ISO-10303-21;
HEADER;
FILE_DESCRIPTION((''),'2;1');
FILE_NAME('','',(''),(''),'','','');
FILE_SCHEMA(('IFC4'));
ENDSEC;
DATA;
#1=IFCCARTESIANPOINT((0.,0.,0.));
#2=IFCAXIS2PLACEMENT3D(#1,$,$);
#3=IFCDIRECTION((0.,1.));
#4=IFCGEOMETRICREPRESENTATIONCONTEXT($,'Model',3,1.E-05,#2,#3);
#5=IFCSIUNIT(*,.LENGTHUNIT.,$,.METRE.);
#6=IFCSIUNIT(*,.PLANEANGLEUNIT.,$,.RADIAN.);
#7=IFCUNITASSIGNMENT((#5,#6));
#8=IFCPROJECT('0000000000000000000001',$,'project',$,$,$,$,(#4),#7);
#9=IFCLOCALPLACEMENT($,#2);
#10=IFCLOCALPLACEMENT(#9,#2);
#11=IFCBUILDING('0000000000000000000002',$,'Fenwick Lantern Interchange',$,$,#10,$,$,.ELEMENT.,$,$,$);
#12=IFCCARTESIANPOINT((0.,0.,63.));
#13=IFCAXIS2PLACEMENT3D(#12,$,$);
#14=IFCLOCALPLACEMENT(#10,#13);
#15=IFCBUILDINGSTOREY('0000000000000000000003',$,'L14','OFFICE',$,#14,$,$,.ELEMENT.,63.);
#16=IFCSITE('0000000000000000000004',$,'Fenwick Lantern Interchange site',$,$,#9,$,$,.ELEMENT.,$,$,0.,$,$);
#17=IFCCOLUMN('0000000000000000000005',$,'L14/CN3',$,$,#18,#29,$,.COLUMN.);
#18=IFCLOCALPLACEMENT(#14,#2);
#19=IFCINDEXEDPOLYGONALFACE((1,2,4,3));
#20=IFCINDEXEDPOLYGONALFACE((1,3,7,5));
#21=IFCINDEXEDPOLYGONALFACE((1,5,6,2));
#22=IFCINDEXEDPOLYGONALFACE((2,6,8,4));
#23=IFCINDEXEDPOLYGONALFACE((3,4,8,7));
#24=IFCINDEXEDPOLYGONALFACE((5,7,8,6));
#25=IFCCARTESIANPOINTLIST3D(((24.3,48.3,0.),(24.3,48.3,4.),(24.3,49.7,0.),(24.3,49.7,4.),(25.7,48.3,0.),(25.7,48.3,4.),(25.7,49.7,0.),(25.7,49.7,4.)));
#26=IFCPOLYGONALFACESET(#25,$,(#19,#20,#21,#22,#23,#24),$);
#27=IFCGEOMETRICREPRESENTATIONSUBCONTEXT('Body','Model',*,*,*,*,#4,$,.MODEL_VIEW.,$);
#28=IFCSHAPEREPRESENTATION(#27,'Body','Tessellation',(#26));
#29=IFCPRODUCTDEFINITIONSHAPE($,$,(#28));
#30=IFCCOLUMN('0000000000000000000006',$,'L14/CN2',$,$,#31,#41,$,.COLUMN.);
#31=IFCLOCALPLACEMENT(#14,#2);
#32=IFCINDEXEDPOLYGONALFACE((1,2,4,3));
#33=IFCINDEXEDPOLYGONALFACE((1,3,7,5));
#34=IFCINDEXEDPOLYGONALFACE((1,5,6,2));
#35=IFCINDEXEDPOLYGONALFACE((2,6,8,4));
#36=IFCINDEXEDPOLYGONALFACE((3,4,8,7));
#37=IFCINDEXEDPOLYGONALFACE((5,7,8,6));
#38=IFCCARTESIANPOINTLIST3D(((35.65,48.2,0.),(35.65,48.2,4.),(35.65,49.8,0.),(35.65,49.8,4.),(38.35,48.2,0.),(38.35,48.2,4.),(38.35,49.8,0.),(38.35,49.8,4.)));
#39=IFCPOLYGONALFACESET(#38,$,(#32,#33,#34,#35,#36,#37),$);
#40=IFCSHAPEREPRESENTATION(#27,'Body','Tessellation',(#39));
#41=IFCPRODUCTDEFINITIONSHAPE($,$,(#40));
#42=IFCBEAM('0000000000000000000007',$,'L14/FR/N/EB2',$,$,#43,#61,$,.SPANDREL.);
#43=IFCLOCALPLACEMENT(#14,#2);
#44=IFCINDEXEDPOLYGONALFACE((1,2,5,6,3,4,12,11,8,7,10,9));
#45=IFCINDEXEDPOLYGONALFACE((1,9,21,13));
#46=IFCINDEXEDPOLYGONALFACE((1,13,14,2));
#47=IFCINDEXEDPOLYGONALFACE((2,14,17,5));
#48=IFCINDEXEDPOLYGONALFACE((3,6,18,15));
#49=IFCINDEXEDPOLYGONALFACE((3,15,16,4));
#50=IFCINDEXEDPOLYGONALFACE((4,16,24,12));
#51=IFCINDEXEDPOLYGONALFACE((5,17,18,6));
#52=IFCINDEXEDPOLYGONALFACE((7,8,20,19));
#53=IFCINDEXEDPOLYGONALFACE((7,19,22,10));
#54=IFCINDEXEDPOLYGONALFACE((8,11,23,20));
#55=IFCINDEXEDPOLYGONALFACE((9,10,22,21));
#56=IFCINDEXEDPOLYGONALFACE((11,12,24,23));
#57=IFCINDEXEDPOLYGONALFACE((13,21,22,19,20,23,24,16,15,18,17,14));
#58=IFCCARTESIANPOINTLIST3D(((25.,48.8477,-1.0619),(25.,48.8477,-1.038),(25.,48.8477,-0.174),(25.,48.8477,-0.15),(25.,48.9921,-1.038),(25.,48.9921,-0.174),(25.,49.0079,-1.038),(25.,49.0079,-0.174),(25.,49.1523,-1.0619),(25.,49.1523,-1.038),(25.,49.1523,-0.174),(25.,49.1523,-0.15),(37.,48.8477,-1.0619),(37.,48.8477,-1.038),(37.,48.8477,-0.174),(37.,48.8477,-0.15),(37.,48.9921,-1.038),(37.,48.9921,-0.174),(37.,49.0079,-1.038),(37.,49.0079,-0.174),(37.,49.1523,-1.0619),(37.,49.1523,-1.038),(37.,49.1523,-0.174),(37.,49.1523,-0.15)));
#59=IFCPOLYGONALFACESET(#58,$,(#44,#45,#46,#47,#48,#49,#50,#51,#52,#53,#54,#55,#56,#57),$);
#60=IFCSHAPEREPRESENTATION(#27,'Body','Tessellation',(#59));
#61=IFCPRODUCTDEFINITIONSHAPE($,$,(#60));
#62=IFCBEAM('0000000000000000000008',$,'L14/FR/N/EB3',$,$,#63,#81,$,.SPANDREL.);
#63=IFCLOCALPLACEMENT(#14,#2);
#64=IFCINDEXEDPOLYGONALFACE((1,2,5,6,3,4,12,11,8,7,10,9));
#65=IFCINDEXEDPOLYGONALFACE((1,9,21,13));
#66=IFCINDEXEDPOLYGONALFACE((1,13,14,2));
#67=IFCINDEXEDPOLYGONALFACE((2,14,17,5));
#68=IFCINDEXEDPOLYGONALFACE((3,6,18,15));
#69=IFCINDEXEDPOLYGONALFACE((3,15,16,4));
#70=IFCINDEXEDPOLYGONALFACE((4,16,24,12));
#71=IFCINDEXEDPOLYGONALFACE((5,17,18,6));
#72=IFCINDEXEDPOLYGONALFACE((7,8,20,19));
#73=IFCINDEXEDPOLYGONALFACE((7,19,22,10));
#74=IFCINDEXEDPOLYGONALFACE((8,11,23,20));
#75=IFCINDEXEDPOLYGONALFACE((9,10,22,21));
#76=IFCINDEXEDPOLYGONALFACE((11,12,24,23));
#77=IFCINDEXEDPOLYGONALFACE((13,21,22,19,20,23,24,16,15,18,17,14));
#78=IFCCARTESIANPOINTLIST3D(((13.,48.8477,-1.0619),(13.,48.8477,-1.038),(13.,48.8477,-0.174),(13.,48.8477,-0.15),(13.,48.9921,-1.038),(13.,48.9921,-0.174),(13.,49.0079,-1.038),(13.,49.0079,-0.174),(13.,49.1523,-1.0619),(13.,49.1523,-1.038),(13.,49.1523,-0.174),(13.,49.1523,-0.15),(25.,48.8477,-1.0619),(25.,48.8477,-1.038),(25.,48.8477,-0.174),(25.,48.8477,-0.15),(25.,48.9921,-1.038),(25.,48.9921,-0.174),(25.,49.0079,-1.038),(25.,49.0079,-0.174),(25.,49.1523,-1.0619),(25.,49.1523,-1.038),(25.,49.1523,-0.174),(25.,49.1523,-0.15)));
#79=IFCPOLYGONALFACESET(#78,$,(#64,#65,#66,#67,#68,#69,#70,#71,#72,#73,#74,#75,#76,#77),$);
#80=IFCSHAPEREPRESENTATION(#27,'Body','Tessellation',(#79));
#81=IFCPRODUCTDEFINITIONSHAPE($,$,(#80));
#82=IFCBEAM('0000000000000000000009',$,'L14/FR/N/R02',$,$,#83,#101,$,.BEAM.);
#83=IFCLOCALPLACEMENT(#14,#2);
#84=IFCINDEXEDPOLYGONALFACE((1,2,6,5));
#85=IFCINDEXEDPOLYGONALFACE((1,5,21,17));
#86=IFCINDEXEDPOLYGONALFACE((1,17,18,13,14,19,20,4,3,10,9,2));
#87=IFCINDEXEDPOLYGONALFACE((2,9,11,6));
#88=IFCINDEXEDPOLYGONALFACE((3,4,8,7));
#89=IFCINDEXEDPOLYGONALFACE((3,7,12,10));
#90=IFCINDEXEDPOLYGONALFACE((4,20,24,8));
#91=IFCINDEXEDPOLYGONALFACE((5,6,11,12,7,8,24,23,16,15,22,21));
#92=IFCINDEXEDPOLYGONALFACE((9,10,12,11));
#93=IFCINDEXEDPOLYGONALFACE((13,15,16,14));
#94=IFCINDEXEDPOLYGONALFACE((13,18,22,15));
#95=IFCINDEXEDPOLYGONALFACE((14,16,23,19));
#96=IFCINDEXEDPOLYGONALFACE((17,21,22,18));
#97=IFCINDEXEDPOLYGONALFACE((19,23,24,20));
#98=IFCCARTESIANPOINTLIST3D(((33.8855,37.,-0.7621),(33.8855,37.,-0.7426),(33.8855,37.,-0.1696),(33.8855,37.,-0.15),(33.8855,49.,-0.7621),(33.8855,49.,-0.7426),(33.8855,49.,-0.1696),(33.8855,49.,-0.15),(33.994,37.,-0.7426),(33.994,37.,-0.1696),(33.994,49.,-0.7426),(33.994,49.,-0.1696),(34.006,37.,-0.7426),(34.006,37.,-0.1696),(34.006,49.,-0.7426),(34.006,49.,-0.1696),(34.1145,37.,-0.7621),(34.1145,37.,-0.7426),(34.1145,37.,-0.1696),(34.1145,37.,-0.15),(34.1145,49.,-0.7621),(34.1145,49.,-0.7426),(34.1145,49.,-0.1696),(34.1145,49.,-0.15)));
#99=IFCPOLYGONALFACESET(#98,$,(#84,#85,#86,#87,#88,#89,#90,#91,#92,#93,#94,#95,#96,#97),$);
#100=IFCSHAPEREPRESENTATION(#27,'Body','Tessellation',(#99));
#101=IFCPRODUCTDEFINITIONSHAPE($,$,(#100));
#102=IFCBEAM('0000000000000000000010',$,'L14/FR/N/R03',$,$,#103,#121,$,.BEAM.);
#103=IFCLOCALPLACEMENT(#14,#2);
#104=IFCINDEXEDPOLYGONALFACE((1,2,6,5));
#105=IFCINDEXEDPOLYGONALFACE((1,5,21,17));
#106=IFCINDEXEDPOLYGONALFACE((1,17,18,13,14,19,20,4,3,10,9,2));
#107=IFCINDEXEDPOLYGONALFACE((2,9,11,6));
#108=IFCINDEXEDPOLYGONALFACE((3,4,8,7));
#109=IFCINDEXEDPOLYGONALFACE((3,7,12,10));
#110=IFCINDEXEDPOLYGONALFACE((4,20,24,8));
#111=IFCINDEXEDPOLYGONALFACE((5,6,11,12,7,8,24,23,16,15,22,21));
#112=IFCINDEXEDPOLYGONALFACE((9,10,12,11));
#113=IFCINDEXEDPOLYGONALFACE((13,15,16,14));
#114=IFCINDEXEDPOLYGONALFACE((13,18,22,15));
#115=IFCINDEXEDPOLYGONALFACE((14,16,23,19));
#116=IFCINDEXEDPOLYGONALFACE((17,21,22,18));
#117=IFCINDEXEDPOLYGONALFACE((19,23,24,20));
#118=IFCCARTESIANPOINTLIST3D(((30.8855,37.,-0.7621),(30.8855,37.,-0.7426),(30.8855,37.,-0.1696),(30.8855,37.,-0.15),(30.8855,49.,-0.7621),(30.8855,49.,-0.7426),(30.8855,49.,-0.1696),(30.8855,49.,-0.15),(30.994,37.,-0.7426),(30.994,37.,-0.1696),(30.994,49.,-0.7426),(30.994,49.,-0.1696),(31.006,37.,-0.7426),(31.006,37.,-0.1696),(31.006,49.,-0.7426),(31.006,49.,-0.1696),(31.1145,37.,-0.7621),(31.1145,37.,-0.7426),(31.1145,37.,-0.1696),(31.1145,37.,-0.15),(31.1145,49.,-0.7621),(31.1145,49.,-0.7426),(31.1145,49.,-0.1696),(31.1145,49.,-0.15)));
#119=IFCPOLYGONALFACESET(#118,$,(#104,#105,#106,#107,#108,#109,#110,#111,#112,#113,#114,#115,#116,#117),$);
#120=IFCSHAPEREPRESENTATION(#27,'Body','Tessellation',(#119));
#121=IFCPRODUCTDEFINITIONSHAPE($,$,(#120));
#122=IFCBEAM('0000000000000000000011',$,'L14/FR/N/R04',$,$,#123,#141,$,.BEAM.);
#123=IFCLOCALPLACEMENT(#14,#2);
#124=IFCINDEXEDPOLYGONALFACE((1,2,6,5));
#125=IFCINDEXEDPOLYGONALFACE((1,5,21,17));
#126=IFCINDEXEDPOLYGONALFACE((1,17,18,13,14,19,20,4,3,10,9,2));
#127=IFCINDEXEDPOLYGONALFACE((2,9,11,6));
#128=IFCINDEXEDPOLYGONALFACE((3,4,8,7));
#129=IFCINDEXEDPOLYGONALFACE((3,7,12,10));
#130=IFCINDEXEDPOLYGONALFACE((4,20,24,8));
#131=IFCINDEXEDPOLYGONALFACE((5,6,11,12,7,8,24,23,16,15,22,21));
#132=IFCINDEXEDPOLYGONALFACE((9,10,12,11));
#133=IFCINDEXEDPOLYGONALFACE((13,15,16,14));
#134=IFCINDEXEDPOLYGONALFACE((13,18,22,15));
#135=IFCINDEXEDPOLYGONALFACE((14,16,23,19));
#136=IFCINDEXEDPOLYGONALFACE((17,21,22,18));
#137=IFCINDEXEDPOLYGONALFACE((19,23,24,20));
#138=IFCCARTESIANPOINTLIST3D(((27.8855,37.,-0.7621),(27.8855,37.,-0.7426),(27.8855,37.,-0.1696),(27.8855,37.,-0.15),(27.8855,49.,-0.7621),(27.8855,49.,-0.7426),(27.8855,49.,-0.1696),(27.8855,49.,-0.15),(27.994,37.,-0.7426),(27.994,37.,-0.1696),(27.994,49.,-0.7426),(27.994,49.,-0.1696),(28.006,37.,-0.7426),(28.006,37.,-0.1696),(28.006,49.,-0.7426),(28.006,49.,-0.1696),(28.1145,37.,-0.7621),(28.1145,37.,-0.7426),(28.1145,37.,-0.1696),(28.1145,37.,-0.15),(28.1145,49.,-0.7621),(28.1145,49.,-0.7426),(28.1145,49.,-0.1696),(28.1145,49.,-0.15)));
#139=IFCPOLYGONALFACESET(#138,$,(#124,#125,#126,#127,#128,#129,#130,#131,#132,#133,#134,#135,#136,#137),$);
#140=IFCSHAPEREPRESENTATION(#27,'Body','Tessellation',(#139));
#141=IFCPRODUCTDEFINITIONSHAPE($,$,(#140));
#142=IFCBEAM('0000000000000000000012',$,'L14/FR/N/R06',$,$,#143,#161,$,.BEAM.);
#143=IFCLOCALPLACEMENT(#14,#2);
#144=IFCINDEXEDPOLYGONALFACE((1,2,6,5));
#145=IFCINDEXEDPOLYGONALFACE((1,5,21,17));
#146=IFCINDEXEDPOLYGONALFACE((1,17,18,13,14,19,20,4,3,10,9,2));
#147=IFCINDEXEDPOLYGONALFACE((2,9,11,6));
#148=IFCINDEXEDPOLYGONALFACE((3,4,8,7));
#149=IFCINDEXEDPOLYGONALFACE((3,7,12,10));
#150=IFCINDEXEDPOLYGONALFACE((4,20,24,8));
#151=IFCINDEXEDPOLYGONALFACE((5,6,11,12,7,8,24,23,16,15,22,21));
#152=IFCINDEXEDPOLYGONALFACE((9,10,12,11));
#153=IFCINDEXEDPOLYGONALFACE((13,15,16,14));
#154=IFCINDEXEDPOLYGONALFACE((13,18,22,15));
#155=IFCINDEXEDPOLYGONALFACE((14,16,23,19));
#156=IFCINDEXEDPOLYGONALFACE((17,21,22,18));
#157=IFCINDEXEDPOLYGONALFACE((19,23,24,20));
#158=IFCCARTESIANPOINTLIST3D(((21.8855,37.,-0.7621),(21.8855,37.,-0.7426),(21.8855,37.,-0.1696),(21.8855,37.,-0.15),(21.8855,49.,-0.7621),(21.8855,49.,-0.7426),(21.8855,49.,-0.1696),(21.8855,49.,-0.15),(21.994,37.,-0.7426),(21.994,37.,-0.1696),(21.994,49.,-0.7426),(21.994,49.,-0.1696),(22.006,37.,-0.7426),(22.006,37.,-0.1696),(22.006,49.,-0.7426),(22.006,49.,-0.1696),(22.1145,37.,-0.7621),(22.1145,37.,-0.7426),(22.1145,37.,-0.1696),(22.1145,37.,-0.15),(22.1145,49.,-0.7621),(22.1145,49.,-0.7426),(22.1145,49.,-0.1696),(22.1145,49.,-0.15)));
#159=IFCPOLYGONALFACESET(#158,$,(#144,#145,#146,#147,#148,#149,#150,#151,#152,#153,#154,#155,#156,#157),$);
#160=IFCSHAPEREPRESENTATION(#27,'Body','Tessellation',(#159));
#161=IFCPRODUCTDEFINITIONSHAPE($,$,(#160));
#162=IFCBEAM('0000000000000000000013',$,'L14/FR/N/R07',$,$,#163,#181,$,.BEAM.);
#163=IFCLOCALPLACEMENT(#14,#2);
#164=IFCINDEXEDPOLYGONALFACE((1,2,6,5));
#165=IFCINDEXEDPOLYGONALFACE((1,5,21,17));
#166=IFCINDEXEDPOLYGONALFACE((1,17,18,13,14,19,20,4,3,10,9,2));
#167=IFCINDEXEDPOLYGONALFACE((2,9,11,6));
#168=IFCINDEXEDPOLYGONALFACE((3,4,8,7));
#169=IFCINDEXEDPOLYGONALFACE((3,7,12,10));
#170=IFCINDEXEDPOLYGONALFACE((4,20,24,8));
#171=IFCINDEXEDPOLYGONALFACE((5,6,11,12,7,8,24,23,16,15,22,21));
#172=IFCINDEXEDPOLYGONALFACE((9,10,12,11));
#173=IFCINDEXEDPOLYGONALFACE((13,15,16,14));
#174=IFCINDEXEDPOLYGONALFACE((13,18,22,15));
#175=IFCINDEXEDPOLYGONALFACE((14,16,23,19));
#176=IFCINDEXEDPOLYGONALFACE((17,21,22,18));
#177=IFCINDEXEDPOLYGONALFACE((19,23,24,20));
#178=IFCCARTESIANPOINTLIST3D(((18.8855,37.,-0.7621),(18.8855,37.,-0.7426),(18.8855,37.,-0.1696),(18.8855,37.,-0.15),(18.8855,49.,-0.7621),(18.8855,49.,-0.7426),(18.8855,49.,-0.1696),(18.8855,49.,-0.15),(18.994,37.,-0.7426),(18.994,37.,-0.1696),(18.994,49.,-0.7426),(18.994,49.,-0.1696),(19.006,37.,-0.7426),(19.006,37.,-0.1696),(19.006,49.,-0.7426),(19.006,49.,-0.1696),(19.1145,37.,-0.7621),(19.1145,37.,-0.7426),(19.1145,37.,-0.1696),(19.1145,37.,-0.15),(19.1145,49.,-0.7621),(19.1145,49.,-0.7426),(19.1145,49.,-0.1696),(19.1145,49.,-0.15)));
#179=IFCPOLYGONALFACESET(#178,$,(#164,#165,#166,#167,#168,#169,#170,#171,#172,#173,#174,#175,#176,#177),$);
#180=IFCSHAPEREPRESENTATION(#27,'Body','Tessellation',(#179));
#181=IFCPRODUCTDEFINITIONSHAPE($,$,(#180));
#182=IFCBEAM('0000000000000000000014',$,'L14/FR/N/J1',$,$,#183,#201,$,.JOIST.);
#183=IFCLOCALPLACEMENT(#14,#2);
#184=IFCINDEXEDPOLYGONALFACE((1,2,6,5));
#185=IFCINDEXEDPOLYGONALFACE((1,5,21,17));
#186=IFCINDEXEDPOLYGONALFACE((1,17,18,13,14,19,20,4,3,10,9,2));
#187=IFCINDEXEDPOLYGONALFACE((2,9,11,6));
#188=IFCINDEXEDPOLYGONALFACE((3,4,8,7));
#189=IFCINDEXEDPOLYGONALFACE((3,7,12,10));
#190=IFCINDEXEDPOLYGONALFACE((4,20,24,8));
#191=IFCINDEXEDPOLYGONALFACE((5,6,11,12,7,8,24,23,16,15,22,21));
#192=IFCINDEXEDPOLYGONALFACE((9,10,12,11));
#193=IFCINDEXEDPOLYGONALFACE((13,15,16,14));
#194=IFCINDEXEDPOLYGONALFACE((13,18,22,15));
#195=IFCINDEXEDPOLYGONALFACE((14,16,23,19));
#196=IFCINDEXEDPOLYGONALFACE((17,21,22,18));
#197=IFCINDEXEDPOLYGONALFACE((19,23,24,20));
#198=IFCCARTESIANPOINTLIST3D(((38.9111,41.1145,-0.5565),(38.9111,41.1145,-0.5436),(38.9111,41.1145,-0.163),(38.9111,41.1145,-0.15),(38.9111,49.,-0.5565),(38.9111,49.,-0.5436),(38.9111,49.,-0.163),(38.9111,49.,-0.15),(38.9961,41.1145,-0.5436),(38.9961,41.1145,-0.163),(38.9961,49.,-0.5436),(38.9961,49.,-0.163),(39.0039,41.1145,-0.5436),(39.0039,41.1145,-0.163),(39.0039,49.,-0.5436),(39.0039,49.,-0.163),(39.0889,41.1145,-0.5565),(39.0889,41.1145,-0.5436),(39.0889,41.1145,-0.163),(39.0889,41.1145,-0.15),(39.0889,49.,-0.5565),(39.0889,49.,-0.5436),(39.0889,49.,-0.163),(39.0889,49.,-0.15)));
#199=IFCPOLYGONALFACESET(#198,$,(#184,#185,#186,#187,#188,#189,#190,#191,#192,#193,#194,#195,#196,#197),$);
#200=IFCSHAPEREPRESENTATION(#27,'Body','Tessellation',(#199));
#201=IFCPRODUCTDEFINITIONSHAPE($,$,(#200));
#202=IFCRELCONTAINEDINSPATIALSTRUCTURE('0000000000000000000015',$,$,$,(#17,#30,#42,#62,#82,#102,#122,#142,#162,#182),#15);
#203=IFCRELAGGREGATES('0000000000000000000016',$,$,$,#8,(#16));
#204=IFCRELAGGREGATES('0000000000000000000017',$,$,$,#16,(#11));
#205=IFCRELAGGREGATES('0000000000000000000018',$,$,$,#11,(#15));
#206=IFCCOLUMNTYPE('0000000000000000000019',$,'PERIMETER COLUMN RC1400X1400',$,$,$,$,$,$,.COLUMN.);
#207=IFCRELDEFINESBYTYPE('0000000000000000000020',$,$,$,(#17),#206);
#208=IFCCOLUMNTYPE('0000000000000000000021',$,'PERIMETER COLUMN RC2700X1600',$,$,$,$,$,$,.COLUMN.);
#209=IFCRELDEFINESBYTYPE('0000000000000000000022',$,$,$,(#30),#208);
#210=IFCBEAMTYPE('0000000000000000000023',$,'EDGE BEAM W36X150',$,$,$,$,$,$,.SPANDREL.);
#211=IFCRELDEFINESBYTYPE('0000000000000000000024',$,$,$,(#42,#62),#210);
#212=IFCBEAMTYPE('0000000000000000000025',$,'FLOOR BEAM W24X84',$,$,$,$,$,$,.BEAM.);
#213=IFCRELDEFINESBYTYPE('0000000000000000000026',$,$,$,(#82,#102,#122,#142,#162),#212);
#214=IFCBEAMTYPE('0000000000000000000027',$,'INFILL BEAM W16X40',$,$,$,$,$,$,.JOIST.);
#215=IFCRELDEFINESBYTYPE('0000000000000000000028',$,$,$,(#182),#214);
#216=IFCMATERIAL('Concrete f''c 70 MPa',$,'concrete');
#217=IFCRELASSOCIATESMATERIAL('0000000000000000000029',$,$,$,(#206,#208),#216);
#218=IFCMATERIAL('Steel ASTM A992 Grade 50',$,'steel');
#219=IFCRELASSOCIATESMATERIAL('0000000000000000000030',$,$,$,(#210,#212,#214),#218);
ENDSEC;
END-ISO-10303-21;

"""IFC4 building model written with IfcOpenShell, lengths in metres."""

from ifc_helpers import new_model, si_unit, direction, frame, origin, origin_2d, place, context, subcontext, project, spatial, rectangle, i_section, extrude, material, material_profile, profile_set, type_object, element, save


model = new_model("IFC4")

# Units and contexts
model_context = context("Model", 3, precision=1e-05, world=origin(), true_north=direction((0.0, 1.0)))
body_context = subcontext(model_context, "Body", "Model", "MODEL_VIEW")
ifc_project = project(units=[si_unit("LENGTHUNIT", "METRE"), si_unit("PLANEANGLEUNIT", "RADIAN")], contexts=[model_context])

# Site, building, storey
site_placement = place(None, origin())
site = spatial("IfcSite", under=ifc_project, at=site_placement, Name="Fenwick Lantern Interchange site", CompositionType="ELEMENT", RefElevation=0.0)
building_placement = place(site_placement, origin())
building = spatial("IfcBuilding", under=site, at=building_placement, Name="Fenwick Lantern Interchange", CompositionType="ELEMENT")
storey_placement = place(building_placement, frame((0.0, 0.0, 63.0)))
storey = spatial("IfcBuildingStorey", under=building, at=storey_placement, Name="L14", Description="OFFICE", CompositionType="ELEMENT", Elevation=63.0)

# Columns
ifc_material_1 = material(Name="Concrete f'c 70 MPa", Category="concrete")
ifc_material_profile_1 = material_profile(ifc_material_1, rectangle(XDim=1.3999, YDim=1.3999, at=origin_2d()), Name="RC1400X1400")
ifc_profile_set_1 = profile_set([ifc_material_profile_1], Name="Concrete f'c 70 MPa")
column_type_1 = type_object("IfcColumnType", Name="PERIMETER COLUMN RC1400X1400", PredefinedType="COLUMN", material=ifc_profile_set_1)
column_1_placement = place(storey_placement, frame((25.0, 49.0, 0.0), z_axis=(0.0, 0.0, 1.0), x_axis=(1.0, 0.0, 0.0)))
element("IfcColumn", 1, at=column_1_placement, inside=storey, type_object=column_type_1, Name="L14/CN3", PredefinedType="COLUMN", context=body_context, shape_type="SweptSolid", body=[
    extrude(rectangle(XDim=1.3999, YDim=1.3999, at=origin_2d()), origin(), (0.0, 0.0, 1.0), 4.0),
])
ifc_material_profile_2 = material_profile(ifc_material_1, rectangle(XDim=2.7, YDim=1.6001, at=origin_2d()), Name="RC2700X1600")
ifc_profile_set_2 = profile_set([ifc_material_profile_2], Name="Concrete f'c 70 MPa")
column_type_2 = type_object("IfcColumnType", Name="PERIMETER COLUMN RC2700X1600", PredefinedType="COLUMN", material=ifc_profile_set_2)
column_2_placement = place(storey_placement, frame((37.0, 49.0, 0.0), z_axis=(0.0, 0.0, 1.0), x_axis=(1.0, 0.0, 0.0)))
element("IfcColumn", 2, at=column_2_placement, inside=storey, type_object=column_type_2, Name="L14/CN2", PredefinedType="COLUMN", context=body_context, shape_type="SweptSolid", body=[
    extrude(rectangle(XDim=2.7, YDim=1.6001, at=origin_2d()), origin(), (0.0, 0.0, 1.0), 4.0),
])

# Beams
ifc_material_2 = material(Name="Steel ASTM A992 Grade 50", Category="steel")
ifc_material_profile_3 = material_profile(ifc_material_2, i_section(OverallWidth=0.3047, OverallDepth=0.9119, WebThickness=0.0159, FlangeThickness=0.0239, at=origin_2d()), Name="W36X150")
ifc_profile_set_3 = profile_set([ifc_material_profile_3], Name="Steel ASTM A992 Grade 50")
beam_type_1 = type_object("IfcBeamType", Name="EDGE BEAM W36X150", PredefinedType="SPANDREL", material=ifc_profile_set_3)
for number, where, z_axis, x_axis, name in (
    (3, (37.0, 49.0, -0.606), (-1.0, 0.0, 0.0), (0.0, -1.0, 0.0), "L14/FR/N/EB2"),
    (4, (25.0, 49.0, -0.606), (-1.0, 0.0, 0.0), (0.0, -1.0, 0.0), "L14/FR/N/EB3"),
):
    element("IfcBeam", number, at=place(storey_placement, frame(where, z_axis=z_axis, x_axis=x_axis)), inside=storey, type_object=beam_type_1, Name=name, PredefinedType="SPANDREL", context=body_context, shape_type="SweptSolid", body=[
        extrude(i_section(OverallWidth=0.3047, OverallDepth=0.9119, WebThickness=0.0159, FlangeThickness=0.0239, at=origin_2d()), origin(), (0.0, 0.0, 1.0), 12.0),
    ])
ifc_material_profile_4 = material_profile(ifc_material_2, i_section(OverallWidth=0.229, OverallDepth=0.6121, WebThickness=0.012, FlangeThickness=0.0195, at=origin_2d()), Name="W24X84")
ifc_profile_set_4 = profile_set([ifc_material_profile_4], Name="Steel ASTM A992 Grade 50")
beam_type_2 = type_object("IfcBeamType", Name="FLOOR BEAM W24X84", PredefinedType="BEAM", material=ifc_profile_set_4)
for number, where, z_axis, x_axis, name in (
    (5, (34.0, 49.0, -0.4561), (0.0, -1.0, 0.0), (1.0, 0.0, 0.0), "L14/FR/N/R02"),
    (6, (31.0, 49.0, -0.4561), (0.0, -1.0, 0.0), (1.0, 0.0, 0.0), "L14/FR/N/R03"),
    (7, (28.0, 49.0, -0.4561), (0.0, -1.0, 0.0), (1.0, 0.0, 0.0), "L14/FR/N/R04"),
    (8, (22.0, 49.0, -0.4561), (0.0, -1.0, 0.0), (1.0, 0.0, 0.0), "L14/FR/N/R06"),
    (9, (19.0, 49.0, -0.4561), (0.0, -1.0, 0.0), (1.0, 0.0, 0.0), "L14/FR/N/R07"),
):
    element("IfcBeam", number, at=place(storey_placement, frame(where, z_axis=z_axis, x_axis=x_axis)), inside=storey, type_object=beam_type_2, Name=name, PredefinedType="BEAM", context=body_context, shape_type="SweptSolid", body=[
        extrude(i_section(OverallWidth=0.229, OverallDepth=0.6121, WebThickness=0.012, FlangeThickness=0.0195, at=origin_2d()), origin(), (0.0, 0.0, 1.0), 12.0),
    ])
ifc_material_profile_5 = material_profile(ifc_material_2, i_section(OverallWidth=0.1777, OverallDepth=0.4065, WebThickness=0.0078, FlangeThickness=0.0129, at=origin_2d()), Name="W16X40")
ifc_profile_set_5 = profile_set([ifc_material_profile_5], Name="Steel ASTM A992 Grade 50")
beam_type_3 = type_object("IfcBeamType", Name="INFILL BEAM W16X40", PredefinedType="JOIST", material=ifc_profile_set_5)
beam_1_placement = place(storey_placement, frame((39.0, 49.0, -0.3533), z_axis=(0.0, -1.0, 0.0), x_axis=(1.0, 0.0, 0.0)))
element("IfcBeam", 10, at=beam_1_placement, inside=storey, type_object=beam_type_3, Name="L14/FR/N/J1", PredefinedType="JOIST", context=body_context, shape_type="SweptSolid", body=[
    extrude(i_section(OverallWidth=0.1777, OverallDepth=0.4065, WebThickness=0.0078, FlangeThickness=0.0129, at=origin_2d()), origin(), (0.0, 0.0, 1.0), 7.8855),
])

save(model, "model.ifc")
